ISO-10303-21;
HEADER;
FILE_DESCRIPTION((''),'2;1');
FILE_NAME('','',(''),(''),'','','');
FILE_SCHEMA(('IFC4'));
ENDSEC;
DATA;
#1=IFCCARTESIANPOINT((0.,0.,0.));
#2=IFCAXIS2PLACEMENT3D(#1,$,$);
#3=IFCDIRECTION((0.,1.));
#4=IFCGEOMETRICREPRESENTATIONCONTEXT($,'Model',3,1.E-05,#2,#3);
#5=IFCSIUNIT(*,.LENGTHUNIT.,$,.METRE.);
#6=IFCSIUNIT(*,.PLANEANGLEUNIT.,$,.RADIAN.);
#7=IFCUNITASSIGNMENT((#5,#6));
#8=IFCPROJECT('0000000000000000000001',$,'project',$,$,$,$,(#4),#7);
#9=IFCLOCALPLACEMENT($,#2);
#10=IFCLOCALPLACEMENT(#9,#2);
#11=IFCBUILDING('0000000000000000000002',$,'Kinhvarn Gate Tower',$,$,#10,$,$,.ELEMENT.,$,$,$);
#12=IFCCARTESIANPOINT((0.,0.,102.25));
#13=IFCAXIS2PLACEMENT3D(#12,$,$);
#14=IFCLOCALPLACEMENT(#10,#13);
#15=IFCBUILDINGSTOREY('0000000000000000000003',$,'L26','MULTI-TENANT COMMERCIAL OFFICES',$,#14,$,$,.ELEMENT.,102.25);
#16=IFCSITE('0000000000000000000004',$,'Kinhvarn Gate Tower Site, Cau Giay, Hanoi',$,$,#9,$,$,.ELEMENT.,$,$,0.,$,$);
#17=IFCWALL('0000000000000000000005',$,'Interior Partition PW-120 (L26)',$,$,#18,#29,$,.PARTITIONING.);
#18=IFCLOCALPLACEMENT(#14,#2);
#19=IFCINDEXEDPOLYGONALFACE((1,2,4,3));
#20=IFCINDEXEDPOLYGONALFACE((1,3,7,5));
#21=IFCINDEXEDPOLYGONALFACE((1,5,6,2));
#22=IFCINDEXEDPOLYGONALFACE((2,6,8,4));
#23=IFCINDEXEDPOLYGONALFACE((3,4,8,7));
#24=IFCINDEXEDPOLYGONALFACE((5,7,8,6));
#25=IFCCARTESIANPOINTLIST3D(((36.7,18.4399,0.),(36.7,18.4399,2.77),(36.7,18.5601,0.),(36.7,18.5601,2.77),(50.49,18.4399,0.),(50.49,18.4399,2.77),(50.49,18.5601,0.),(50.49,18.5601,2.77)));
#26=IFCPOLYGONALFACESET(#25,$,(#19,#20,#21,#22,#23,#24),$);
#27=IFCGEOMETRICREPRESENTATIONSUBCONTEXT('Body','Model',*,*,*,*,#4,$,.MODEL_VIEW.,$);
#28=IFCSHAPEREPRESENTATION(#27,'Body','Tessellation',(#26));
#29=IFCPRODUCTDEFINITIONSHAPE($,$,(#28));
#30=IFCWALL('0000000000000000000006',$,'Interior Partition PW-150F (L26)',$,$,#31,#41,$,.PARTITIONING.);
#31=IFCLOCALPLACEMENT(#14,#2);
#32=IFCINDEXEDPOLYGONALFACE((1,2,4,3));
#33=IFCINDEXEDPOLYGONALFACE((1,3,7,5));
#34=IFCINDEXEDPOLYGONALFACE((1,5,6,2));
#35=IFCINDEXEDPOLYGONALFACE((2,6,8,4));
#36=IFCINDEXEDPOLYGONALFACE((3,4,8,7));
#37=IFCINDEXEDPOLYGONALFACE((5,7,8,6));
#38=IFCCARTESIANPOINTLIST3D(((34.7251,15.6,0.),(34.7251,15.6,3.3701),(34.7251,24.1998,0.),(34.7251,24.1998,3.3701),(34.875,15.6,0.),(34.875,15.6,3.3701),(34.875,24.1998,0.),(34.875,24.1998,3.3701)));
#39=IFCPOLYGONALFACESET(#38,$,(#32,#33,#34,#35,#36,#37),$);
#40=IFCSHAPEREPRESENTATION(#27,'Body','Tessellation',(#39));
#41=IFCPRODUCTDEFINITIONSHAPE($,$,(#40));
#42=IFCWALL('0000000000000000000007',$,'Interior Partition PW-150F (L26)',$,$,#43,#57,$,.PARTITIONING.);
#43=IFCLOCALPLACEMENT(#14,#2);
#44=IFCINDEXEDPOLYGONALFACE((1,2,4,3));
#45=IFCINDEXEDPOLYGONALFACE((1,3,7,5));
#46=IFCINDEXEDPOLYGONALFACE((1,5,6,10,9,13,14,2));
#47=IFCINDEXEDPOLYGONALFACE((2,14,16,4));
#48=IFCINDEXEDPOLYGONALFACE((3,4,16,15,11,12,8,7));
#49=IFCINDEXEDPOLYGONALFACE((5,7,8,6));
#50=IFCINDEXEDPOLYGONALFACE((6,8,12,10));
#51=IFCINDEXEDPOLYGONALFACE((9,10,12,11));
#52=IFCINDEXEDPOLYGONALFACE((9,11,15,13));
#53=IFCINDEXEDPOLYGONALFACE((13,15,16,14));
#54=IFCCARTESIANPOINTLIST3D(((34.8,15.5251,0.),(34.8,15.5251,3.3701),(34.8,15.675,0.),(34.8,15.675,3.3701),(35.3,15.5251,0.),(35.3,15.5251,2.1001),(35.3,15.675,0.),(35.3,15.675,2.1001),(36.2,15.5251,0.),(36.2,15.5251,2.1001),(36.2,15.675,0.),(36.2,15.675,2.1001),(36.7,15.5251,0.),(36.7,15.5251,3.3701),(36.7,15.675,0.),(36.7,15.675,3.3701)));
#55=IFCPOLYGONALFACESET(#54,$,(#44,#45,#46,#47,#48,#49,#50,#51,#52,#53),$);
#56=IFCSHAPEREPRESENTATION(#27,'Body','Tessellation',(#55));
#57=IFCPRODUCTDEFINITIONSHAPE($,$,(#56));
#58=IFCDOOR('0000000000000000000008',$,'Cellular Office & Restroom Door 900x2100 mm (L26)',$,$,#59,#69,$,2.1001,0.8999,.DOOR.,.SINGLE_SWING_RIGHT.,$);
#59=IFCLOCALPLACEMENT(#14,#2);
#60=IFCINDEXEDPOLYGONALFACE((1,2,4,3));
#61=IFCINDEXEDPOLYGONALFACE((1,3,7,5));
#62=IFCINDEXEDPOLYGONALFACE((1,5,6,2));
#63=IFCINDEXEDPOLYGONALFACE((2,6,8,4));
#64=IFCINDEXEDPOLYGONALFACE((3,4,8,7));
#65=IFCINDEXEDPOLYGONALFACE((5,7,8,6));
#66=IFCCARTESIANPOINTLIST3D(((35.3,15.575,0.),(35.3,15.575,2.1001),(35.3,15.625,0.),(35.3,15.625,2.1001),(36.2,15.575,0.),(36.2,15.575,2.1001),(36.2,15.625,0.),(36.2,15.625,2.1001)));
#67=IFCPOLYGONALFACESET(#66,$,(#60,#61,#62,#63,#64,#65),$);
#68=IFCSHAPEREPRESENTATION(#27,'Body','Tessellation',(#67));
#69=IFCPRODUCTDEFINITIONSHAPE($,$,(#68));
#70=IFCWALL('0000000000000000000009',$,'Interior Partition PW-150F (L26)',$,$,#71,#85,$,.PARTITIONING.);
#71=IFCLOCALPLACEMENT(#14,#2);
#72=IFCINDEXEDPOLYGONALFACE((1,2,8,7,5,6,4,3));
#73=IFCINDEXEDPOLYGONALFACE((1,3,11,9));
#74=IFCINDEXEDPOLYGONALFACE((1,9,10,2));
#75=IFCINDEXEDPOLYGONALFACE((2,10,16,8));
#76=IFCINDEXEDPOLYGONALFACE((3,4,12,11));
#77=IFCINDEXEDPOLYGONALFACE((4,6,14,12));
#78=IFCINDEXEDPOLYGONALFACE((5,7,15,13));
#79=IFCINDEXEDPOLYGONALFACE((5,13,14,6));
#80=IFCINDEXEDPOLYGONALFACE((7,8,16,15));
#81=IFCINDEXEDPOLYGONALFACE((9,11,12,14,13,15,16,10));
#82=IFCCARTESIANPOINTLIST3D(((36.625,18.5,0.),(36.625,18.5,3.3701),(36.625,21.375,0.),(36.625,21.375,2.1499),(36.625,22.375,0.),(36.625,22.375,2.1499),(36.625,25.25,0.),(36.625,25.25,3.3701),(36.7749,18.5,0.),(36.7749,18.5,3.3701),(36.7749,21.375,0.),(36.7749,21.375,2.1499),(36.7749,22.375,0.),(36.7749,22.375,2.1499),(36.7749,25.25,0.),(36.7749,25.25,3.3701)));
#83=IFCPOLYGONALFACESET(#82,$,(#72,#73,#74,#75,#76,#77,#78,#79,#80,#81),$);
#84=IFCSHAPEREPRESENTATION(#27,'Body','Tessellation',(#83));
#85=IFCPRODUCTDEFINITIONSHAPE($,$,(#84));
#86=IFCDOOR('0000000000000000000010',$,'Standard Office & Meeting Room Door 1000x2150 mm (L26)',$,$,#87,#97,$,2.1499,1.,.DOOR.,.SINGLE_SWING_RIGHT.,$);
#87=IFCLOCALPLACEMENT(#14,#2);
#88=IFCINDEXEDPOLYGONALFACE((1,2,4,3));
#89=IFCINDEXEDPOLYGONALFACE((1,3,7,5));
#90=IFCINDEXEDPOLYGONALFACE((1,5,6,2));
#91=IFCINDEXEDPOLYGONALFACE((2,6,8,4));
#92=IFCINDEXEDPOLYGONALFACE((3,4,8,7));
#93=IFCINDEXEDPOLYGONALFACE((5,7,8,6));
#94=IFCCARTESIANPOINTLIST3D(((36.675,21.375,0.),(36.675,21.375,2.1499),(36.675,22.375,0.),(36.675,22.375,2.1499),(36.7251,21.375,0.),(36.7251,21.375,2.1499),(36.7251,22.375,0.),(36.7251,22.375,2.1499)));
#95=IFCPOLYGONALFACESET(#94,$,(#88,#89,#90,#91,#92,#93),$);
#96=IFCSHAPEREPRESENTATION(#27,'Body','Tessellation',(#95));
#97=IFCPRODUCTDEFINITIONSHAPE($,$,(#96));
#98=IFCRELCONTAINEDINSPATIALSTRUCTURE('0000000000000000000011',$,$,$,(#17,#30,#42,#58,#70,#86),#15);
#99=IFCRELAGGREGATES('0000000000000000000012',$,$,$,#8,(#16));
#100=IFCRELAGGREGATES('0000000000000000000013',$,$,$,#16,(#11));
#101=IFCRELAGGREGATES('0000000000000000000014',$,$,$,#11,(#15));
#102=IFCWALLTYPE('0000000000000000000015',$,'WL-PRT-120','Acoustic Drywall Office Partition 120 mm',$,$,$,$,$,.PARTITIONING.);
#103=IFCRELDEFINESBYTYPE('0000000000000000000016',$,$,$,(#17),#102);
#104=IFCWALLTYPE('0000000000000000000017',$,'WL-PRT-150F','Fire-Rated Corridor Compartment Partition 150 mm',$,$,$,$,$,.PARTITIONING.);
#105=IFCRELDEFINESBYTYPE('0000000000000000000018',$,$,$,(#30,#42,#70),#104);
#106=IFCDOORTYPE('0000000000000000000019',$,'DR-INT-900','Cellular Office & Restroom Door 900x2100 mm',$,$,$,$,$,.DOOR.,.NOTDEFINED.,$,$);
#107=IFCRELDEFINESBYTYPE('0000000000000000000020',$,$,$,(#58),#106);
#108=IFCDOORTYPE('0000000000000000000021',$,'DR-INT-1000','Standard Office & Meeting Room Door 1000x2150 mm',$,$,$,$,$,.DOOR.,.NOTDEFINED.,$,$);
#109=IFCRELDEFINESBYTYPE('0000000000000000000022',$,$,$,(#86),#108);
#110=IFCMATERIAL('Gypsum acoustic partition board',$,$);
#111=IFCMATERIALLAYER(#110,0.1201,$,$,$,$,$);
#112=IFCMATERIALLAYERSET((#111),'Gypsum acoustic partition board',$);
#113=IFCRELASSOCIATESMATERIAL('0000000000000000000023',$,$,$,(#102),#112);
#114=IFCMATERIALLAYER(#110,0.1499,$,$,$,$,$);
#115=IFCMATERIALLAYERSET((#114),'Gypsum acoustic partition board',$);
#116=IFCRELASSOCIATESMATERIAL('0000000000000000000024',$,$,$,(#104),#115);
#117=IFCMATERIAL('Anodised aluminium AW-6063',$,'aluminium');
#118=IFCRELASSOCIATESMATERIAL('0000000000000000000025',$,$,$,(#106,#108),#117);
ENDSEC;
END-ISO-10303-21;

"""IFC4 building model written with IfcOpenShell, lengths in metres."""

from ifc_helpers import new_model, si_unit, direction, frame, frame_2d, origin, place, context, subcontext, project, spatial, rectangle, extrude, material, layer, layer_set, type_object, element, fill, save


model = new_model("IFC4")

# Units and contexts
model_context = context("Model", 3, precision=1e-05, world=origin(), true_north=direction((0.0, 1.0)))
body_context = subcontext(model_context, "Body", "Model", "MODEL_VIEW")
ifc_project = project(units=[si_unit("LENGTHUNIT", "METRE"), si_unit("PLANEANGLEUNIT", "RADIAN")], contexts=[model_context])

# Site, building, storey
site_placement = place(None, origin())
site = spatial("IfcSite", under=ifc_project, at=site_placement, Name="Kinhvarn Gate Tower Site, Cau Giay, Hanoi", CompositionType="ELEMENT", RefElevation=0.0)
building_placement = place(site_placement, origin())
building = spatial("IfcBuilding", under=site, at=building_placement, Name="Kinhvarn Gate Tower", CompositionType="ELEMENT")
storey_placement = place(building_placement, frame((0.0, 0.0, 102.25)))
storey = spatial("IfcBuildingStorey", under=building, at=storey_placement, Name="L26", Description="MULTI-TENANT COMMERCIAL OFFICES", CompositionType="ELEMENT", Elevation=102.25)

# Walls
ifc_material_1 = material(Name="Gypsum acoustic partition board")
ifc_layer_1 = layer(ifc_material_1, 0.1201)
ifc_layer_set_1 = layer_set([ifc_layer_1], Name="Gypsum acoustic partition board")
wall_type_1 = type_object("IfcWallType", Name="WL-PRT-120", Description="Acoustic Drywall Office Partition 120 mm", PredefinedType="PARTITIONING", material=ifc_layer_set_1)
wall_1_placement = place(storey_placement, frame((36.7, 18.5, 0.0), z_axis=(0.0, 0.0, 1.0), x_axis=(1.0, 0.0, 0.0)))
element("IfcWall", 1, at=wall_1_placement, inside=storey, type_object=wall_type_1, Name="Interior Partition PW-120 (L26)", PredefinedType="PARTITIONING", context=body_context, shape_type="SweptSolid", body=[
    extrude(rectangle(XDim=13.79, YDim=0.1201, at=frame_2d((6.895, 0.0))), origin(), (0.0, 0.0, 1.0), 2.77),
])
ifc_layer_2 = layer(ifc_material_1, 0.1499)
ifc_layer_set_2 = layer_set([ifc_layer_2], Name="Gypsum acoustic partition board")
wall_type_2 = type_object("IfcWallType", Name="WL-PRT-150F", Description="Fire-Rated Corridor Compartment Partition 150 mm", PredefinedType="PARTITIONING", material=ifc_layer_set_2)
wall_2_placement = place(storey_placement, frame((34.8, 15.6001, 0.0), z_axis=(0.0, 0.0, 1.0), x_axis=(0.0, 1.0, 0.0)))
element("IfcWall", 2, at=wall_2_placement, inside=storey, type_object=wall_type_2, Name="Interior Partition PW-150F (L26)", PredefinedType="PARTITIONING", context=body_context, shape_type="SweptSolid", body=[
    extrude(rectangle(XDim=8.5999, YDim=0.1499, at=frame_2d((4.2998, 0.0))), origin(), (0.0, 0.0, 1.0), 3.3701),
])

# Walls, openings, doors
wall_3_placement = place(storey_placement, frame((34.8, 15.6001, 0.0), z_axis=(0.0, 0.0, 1.0), x_axis=(1.0, 0.0, 0.0)))
wall_3 = element("IfcWall", 3, at=wall_3_placement, inside=storey, type_object=wall_type_2, Name="Interior Partition PW-150F (L26)", PredefinedType="PARTITIONING", context=body_context, shape_type="SweptSolid", body=[
    extrude(rectangle(XDim=1.8999, YDim=0.1499, at=frame_2d((0.95, 0.0))), origin(), (0.0, 0.0, 1.0), 3.3701),
])
opening_1_placement = place(wall_3_placement, frame((0.5, 0.0, 0.0)))
opening_1 = element("IfcOpeningElement", 4, at=opening_1_placement, cuts=wall_3, PredefinedType="OPENING", context=body_context, shape_type="SweptSolid", body=[
    extrude(rectangle(XDim=0.8999, YDim=2.1001, at=frame_2d((0.45, 1.05))), frame((0.0, 0.085, 0.0), z_axis=(0.0, -1.0, 0.0), x_axis=(1.0, 0.0, 0.0)), (0.0, 0.0, 1.0), 0.1699),
])
ifc_material_2 = material(Name="Anodised aluminium AW-6063", Category="aluminium")
door_type_1 = type_object("IfcDoorType", Name="DR-INT-900", Description="Cellular Office & Restroom Door 900x2100 mm", OperationType="NOTDEFINED", PredefinedType="DOOR", material=ifc_material_2)
door_1_placement = place(opening_1_placement, origin())
door_1 = element("IfcDoor", 5, at=door_1_placement, inside=storey, type_object=door_type_1, Name="Cellular Office & Restroom Door 900x2100 mm (L26)", OperationType="SINGLE_SWING_RIGHT", OverallHeight=2.1001, OverallWidth=0.8999, PredefinedType="DOOR", context=body_context, shape_type="SweptSolid", body=[
    extrude(rectangle(XDim=0.8999, YDim=2.1001, at=frame_2d((0.45, 1.05))), frame((0.0, 0.0249, 0.0), z_axis=(0.0, -1.0, 0.0), x_axis=(1.0, 0.0, 0.0)), (0.0, 0.0, 1.0), 0.05),
])
fill(opening_1, door_1)
door_type_2 = type_object("IfcDoorType", Name="DR-INT-1000", Description="Standard Office & Meeting Room Door 1000x2150 mm", OperationType="NOTDEFINED", PredefinedType="DOOR", material=ifc_material_2)
wall_4_placement = place(storey_placement, frame((36.7, 18.5, 0.0), z_axis=(0.0, 0.0, 1.0), x_axis=(0.0, 1.0, 0.0)))
wall_4 = element("IfcWall", 6, at=wall_4_placement, inside=storey, type_object=wall_type_2, Name="Interior Partition PW-150F (L26)", PredefinedType="PARTITIONING", context=body_context, shape_type="SweptSolid", body=[
    extrude(rectangle(XDim=6.75, YDim=0.1499, at=frame_2d((3.375, 0.0))), origin(), (0.0, 0.0, 1.0), 3.3701),
])
opening_2_placement = place(wall_4_placement, frame((2.875, 0.0, 0.0)))
opening_2 = element("IfcOpeningElement", 7, at=opening_2_placement, cuts=wall_4, PredefinedType="OPENING", context=body_context, shape_type="SweptSolid", body=[
    extrude(rectangle(XDim=1.0, YDim=2.1499, at=frame_2d((0.5, 1.075))), frame((0.0, 0.085, 0.0), z_axis=(0.0, -1.0, 0.0), x_axis=(1.0, 0.0, 0.0)), (0.0, 0.0, 1.0), 0.1699),
])
door_2_placement = place(opening_2_placement, origin())
door_2 = element("IfcDoor", 8, at=door_2_placement, inside=storey, type_object=door_type_2, Name="Standard Office & Meeting Room Door 1000x2150 mm (L26)", OperationType="SINGLE_SWING_RIGHT", OverallHeight=2.1499, OverallWidth=1.0, PredefinedType="DOOR", context=body_context, shape_type="SweptSolid", body=[
    extrude(rectangle(XDim=1.0, YDim=2.1499, at=frame_2d((0.5, 1.075))), frame((0.0, 0.0249, 0.0), z_axis=(0.0, -1.0, 0.0), x_axis=(1.0, 0.0, 0.0)), (0.0, 0.0, 1.0), 0.05),
])
fill(opening_2, door_2)

save(model, "model.ifc")
